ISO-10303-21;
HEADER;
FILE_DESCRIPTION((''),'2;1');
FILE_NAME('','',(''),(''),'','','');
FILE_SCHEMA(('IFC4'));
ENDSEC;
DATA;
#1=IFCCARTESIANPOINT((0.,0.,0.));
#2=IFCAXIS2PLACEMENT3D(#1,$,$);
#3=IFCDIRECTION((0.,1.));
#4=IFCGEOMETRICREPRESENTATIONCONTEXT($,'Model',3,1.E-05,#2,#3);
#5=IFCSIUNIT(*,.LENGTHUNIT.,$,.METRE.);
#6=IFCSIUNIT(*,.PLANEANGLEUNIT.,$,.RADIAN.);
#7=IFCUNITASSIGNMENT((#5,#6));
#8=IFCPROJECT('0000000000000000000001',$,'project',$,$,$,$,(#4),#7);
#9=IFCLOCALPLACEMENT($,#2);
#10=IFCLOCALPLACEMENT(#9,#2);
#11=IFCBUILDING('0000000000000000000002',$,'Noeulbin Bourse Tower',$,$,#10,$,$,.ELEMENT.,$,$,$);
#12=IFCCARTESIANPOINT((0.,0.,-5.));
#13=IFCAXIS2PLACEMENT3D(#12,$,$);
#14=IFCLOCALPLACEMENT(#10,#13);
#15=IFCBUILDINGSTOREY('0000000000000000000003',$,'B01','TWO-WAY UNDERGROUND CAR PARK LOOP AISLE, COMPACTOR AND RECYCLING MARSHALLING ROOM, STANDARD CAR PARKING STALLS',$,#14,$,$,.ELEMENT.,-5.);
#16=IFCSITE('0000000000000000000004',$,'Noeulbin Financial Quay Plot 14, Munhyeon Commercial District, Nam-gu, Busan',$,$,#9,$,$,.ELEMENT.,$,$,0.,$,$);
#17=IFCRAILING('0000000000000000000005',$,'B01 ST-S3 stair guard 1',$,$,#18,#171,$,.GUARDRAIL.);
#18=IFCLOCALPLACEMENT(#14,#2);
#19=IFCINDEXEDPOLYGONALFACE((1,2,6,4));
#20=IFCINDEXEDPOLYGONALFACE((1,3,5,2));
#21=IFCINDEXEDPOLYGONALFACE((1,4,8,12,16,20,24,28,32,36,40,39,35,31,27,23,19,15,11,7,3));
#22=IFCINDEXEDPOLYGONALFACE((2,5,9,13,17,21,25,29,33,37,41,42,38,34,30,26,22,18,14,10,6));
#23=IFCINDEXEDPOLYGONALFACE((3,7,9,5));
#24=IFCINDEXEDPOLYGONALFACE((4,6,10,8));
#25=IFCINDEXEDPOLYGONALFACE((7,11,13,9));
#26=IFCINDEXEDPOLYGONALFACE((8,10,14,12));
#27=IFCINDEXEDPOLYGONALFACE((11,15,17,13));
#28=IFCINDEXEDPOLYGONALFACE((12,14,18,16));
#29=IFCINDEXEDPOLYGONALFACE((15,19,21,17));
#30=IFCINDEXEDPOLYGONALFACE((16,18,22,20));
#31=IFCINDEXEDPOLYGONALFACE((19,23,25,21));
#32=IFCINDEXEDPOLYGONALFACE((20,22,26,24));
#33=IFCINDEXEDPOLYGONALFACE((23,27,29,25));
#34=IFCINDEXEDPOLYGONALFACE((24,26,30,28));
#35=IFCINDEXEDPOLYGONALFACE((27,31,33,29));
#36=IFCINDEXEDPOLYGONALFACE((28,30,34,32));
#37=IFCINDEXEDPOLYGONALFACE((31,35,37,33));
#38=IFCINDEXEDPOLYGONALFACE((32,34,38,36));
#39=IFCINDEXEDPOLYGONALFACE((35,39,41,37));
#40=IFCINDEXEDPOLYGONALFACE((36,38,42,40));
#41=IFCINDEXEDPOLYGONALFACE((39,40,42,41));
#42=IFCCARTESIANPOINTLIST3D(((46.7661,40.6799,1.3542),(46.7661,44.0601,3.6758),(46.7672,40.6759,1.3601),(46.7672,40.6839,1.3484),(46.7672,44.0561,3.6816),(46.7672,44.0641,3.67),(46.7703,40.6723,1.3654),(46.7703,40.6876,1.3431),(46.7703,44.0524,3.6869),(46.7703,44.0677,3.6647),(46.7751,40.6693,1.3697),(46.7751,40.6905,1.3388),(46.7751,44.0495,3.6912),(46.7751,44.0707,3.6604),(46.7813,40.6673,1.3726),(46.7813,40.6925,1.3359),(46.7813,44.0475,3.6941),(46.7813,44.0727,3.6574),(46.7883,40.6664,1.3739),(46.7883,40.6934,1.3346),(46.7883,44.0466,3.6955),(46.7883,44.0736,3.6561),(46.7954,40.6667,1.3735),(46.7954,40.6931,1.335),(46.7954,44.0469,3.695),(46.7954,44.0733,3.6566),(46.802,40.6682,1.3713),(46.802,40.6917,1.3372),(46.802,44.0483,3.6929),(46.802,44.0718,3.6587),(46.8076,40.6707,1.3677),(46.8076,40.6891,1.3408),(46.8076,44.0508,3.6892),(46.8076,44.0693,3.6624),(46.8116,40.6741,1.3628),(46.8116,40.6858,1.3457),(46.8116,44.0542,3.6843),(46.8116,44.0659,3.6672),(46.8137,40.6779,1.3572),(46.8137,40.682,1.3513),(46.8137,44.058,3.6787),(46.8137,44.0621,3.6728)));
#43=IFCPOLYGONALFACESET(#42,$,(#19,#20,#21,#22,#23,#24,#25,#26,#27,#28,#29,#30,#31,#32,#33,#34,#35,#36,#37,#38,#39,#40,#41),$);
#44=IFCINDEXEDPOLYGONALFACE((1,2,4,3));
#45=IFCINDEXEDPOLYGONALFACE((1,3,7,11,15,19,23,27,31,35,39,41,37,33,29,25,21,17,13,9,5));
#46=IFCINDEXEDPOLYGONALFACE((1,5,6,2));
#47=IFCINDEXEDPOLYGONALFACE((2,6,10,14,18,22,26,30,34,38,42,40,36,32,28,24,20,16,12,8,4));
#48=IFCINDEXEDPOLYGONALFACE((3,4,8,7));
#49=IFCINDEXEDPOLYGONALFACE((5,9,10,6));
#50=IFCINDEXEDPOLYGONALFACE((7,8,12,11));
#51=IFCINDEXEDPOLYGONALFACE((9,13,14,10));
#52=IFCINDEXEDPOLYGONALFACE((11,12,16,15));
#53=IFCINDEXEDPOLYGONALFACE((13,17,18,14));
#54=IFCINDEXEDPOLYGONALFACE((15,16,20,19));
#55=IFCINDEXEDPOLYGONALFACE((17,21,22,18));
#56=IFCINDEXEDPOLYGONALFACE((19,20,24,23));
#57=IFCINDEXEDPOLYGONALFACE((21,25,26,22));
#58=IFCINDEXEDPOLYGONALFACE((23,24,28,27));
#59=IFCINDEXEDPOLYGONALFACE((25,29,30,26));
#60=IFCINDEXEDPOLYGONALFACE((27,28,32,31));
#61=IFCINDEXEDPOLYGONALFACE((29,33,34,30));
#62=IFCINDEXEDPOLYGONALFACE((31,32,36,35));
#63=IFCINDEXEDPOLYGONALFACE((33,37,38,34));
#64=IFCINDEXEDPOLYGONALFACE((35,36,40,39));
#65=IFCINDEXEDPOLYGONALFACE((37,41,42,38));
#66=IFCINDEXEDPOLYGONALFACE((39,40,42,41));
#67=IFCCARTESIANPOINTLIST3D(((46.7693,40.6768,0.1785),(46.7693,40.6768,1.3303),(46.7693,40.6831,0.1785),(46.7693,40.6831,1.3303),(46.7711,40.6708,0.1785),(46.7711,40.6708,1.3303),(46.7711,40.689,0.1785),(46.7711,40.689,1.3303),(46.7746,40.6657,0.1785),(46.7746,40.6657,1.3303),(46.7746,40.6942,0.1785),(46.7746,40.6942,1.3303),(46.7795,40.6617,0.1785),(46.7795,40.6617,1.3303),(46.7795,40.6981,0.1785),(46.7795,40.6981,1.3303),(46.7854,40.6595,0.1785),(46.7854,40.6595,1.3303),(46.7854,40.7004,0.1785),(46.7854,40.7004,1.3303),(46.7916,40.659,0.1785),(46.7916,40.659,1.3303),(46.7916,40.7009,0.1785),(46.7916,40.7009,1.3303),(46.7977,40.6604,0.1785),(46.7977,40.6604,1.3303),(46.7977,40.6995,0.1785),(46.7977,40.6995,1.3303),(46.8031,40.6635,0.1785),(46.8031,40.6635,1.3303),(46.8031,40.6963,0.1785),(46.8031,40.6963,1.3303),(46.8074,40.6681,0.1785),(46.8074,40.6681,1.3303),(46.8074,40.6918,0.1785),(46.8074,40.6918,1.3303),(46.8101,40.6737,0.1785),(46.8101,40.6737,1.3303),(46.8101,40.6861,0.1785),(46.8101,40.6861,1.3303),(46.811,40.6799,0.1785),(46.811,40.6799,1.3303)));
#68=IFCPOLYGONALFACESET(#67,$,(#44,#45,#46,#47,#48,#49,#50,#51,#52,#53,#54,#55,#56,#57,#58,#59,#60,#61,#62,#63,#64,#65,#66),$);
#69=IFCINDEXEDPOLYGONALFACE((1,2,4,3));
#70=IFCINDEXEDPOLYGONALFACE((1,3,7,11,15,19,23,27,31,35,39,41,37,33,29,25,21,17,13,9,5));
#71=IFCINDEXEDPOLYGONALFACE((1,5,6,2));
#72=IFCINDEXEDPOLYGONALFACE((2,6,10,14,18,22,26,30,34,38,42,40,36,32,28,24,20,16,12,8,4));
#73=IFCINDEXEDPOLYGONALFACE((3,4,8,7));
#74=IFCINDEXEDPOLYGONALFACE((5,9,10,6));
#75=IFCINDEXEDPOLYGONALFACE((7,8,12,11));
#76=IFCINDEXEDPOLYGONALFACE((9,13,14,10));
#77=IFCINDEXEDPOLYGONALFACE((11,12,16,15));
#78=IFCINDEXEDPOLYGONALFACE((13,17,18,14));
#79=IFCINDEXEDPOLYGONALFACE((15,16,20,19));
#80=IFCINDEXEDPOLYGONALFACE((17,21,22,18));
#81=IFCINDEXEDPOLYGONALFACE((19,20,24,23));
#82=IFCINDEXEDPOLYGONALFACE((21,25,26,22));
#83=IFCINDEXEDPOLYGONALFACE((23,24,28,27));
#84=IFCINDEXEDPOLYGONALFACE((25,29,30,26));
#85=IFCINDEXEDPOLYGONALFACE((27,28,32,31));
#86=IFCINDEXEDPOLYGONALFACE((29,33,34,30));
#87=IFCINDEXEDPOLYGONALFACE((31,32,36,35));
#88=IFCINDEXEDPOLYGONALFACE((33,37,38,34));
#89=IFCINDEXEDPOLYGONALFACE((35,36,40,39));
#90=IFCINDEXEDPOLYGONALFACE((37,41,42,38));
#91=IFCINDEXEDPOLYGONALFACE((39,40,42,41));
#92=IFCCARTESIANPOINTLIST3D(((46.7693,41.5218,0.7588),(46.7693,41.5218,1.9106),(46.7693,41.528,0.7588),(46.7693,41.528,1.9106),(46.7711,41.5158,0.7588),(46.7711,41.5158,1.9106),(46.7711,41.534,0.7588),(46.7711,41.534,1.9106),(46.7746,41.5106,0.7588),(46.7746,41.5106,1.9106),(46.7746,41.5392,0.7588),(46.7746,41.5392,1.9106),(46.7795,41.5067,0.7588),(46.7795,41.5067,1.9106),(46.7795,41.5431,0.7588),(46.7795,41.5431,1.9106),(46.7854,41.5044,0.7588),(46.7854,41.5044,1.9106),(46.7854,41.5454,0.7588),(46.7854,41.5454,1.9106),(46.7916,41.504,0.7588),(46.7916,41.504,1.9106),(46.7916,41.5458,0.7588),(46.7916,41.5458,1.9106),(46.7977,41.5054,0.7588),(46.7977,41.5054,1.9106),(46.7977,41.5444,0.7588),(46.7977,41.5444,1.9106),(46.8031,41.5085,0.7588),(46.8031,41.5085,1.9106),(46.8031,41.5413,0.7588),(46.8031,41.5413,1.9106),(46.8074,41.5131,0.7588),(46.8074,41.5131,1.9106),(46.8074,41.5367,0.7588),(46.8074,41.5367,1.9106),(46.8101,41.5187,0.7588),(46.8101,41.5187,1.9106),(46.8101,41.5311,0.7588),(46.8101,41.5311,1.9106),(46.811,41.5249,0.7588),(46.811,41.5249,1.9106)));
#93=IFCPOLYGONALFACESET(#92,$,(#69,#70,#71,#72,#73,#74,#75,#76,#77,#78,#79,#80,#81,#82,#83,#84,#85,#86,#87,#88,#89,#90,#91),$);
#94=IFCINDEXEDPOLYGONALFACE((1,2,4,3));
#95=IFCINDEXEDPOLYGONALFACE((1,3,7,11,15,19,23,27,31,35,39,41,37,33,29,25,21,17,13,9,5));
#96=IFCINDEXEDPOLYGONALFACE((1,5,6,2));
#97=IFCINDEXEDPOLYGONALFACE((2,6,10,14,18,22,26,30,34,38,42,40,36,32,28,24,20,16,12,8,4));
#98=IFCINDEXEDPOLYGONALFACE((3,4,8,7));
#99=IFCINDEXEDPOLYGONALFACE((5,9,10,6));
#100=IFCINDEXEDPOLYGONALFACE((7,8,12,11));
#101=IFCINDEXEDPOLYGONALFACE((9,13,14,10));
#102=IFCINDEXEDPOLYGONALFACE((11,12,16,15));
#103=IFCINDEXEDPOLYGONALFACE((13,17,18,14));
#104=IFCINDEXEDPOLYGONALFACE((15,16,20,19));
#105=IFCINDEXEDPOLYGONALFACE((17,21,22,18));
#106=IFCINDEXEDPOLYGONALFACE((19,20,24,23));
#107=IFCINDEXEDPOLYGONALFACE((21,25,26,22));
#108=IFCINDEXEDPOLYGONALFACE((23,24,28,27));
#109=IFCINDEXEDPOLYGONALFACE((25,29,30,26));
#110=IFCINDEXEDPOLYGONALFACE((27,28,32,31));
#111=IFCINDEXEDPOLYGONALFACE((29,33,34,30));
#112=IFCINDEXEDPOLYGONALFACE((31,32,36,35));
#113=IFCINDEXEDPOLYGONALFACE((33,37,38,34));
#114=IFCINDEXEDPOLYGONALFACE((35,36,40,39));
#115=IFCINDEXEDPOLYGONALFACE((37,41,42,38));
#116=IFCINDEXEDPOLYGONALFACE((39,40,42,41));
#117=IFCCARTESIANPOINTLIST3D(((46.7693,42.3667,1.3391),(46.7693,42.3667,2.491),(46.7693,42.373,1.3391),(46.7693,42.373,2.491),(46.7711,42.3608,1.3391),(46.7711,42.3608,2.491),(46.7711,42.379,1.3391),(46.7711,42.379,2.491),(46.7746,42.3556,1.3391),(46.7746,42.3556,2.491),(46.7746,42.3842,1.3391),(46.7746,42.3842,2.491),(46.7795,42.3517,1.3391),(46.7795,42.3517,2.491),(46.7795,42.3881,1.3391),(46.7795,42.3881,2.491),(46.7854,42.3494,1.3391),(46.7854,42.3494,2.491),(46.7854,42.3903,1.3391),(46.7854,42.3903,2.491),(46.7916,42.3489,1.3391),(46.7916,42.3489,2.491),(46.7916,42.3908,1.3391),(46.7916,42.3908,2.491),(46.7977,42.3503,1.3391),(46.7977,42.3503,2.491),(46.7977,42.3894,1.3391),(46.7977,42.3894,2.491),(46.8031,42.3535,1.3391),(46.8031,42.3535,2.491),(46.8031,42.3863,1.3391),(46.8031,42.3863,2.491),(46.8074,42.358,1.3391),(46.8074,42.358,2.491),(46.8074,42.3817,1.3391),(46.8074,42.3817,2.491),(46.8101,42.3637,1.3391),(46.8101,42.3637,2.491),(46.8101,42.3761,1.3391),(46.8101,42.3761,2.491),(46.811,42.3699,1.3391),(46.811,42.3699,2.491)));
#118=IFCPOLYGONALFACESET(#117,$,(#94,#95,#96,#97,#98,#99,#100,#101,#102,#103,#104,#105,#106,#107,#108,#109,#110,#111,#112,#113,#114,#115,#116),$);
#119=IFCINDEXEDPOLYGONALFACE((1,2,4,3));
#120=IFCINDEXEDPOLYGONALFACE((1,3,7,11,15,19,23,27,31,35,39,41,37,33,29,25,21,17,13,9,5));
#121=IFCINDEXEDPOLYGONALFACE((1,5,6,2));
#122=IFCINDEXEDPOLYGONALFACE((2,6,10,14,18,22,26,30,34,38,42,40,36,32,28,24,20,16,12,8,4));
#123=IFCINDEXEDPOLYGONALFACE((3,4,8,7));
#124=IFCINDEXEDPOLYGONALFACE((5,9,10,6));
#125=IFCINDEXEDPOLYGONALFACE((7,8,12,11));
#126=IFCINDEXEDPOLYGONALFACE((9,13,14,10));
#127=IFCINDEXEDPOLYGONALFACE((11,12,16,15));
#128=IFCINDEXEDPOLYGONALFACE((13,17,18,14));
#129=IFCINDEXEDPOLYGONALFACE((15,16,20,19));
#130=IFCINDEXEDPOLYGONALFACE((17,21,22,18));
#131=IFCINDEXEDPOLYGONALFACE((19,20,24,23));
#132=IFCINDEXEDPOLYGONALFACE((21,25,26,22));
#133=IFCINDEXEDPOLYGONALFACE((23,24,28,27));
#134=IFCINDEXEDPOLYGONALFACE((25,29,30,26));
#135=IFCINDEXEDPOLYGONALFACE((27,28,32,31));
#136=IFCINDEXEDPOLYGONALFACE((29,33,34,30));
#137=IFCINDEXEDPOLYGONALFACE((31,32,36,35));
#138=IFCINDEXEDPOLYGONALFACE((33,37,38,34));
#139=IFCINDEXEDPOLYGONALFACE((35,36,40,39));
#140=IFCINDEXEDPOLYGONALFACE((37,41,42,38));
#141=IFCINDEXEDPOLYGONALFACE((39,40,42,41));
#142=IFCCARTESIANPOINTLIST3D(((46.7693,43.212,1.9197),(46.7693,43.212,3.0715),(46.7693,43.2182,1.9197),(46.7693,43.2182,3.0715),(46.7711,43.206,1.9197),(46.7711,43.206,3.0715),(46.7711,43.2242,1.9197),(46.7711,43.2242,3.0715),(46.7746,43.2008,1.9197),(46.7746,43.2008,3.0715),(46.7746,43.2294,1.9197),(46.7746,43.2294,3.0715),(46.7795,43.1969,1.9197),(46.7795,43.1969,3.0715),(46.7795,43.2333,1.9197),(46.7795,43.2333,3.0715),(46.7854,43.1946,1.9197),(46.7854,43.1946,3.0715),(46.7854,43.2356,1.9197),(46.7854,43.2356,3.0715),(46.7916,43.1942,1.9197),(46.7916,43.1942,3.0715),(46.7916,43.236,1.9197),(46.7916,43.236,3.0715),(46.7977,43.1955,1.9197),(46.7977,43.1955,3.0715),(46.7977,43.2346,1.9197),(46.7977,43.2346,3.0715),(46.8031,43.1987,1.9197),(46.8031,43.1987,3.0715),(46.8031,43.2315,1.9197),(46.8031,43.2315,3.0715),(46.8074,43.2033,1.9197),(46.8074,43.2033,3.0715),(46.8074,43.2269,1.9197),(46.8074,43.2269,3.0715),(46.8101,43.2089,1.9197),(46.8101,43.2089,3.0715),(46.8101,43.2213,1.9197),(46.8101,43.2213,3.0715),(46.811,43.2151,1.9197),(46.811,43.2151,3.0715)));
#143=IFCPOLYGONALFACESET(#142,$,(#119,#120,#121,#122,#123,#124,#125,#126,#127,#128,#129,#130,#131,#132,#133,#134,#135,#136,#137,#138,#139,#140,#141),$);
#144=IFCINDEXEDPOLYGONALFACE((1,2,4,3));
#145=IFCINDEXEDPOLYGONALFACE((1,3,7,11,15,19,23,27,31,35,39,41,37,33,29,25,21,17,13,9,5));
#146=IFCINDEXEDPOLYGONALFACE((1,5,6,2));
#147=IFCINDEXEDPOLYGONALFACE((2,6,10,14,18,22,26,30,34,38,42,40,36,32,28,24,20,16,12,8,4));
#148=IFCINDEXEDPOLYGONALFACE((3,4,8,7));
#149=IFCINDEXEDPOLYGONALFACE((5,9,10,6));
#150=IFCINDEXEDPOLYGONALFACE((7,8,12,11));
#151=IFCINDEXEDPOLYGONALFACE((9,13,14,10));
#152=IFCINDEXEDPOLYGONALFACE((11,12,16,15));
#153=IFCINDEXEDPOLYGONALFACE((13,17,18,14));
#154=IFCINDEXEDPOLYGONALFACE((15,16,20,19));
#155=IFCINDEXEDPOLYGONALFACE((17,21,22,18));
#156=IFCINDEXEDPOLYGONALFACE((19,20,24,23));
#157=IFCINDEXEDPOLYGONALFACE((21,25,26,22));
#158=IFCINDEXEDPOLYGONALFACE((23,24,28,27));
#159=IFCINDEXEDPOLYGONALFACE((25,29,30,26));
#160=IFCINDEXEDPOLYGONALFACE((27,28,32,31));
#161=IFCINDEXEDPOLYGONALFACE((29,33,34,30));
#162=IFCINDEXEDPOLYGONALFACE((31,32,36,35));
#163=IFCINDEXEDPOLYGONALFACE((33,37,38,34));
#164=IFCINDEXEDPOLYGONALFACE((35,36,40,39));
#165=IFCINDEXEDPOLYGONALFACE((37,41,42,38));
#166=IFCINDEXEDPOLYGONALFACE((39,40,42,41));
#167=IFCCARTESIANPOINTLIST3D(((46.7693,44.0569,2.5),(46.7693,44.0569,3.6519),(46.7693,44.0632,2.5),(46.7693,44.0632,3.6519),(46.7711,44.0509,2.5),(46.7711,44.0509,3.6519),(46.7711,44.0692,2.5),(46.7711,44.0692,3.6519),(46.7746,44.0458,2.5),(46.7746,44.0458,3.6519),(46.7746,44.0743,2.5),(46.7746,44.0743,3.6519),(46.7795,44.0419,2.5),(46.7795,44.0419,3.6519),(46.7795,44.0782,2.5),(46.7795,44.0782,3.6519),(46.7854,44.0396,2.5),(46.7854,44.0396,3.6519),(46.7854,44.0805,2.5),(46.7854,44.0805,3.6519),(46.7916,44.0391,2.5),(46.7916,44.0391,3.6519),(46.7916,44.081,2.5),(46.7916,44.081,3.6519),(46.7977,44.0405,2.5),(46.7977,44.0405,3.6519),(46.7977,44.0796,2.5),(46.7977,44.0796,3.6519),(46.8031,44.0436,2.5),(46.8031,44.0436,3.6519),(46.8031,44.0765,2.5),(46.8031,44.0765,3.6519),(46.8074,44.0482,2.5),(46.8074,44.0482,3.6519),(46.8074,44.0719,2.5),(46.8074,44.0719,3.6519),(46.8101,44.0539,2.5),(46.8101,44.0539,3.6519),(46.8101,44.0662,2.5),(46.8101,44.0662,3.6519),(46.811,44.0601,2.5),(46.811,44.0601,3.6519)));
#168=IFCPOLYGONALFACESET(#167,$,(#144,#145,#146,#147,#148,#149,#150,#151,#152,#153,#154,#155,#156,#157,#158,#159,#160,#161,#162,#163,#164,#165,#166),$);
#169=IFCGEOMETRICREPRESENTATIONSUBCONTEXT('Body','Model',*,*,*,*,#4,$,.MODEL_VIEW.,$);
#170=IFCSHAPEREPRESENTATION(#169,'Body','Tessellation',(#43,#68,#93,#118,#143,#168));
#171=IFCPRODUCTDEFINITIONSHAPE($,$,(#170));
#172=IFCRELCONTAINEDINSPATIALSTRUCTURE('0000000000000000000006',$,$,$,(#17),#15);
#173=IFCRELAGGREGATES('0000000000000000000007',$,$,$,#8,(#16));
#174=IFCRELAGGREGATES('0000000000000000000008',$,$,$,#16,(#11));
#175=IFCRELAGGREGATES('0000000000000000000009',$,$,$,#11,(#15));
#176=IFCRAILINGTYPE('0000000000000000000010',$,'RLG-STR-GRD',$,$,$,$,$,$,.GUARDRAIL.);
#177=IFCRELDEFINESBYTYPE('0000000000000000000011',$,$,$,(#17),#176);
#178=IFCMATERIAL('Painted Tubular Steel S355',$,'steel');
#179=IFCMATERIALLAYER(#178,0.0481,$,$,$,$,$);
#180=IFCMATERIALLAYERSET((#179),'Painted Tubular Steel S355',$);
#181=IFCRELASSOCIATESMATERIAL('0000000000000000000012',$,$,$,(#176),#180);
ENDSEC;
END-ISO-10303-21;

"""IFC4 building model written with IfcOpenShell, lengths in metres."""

from ifc_helpers import new_model, si_unit, direction, frame, origin, origin_2d, place, context, subcontext, project, spatial, circle, extrude, material, layer, layer_set, type_object, element, save


model = new_model("IFC4")

# Units and contexts
model_context = context("Model", 3, precision=1e-05, world=origin(), true_north=direction((0.0, 1.0)))
body_context = subcontext(model_context, "Body", "Model", "MODEL_VIEW")
ifc_project = project(units=[si_unit("LENGTHUNIT", "METRE"), si_unit("PLANEANGLEUNIT", "RADIAN")], contexts=[model_context])

# Site, building, storey
site_placement = place(None, origin())
site = spatial("IfcSite", under=ifc_project, at=site_placement, Name="Noeulbin Financial Quay Plot 14, Munhyeon Commercial District, Nam-gu, Busan", CompositionType="ELEMENT", RefElevation=0.0)
building_placement = place(site_placement, origin())
building = spatial("IfcBuilding", under=site, at=building_placement, Name="Noeulbin Bourse Tower", CompositionType="ELEMENT")
storey_placement = place(building_placement, frame((0.0, 0.0, -5.0)))
storey = spatial("IfcBuildingStorey", under=building, at=storey_placement, Name="B01", Description="TWO-WAY UNDERGROUND CAR PARK LOOP AISLE, COMPACTOR AND RECYCLING MARSHALLING ROOM, STANDARD CAR PARKING STALLS", CompositionType="ELEMENT", Elevation=-5.0)

# Railing
ifc_material_1 = material(Name="Painted Tubular Steel S355", Category="steel")
ifc_layer_1 = layer(ifc_material_1, 0.0481)
ifc_layer_set_1 = layer_set([ifc_layer_1], Name="Painted Tubular Steel S355")
railing_type_1 = type_object("IfcRailingType", Name="RLG-STR-GRD", PredefinedType="GUARDRAIL", material=ifc_layer_set_1)
railing_1_placement = place(storey_placement, frame((46.79, 40.6799, 0.1785)))
element("IfcRailing", 1, at=railing_1_placement, inside=storey, type_object=railing_type_1, Name="B01 ST-S3 stair guard 1", PredefinedType="GUARDRAIL", context=body_context, shape_type="SweptSolid", body=[
    extrude(circle(Radius=0.0239, at=origin_2d()), frame((0.0, 0.0, 1.1758), z_axis=(0.0, 0.824304, 0.566147), x_axis=(-1.0, 0.0, 0.0)), (0.0, 0.0, 1.0), 4.1006),
    extrude(circle(Radius=0.021, at=origin_2d()), origin(), (0.0, 0.0, 1.0), 1.1519),
    extrude(circle(Radius=0.021, at=origin_2d()), frame((0.0, 0.845, 0.5803)), (0.0, 0.0, 1.0), 1.1519),
    extrude(circle(Radius=0.021, at=origin_2d()), frame((0.0, 1.6899, 1.1606)), (0.0, 0.0, 1.0), 1.1519),
    extrude(circle(Radius=0.021, at=origin_2d()), frame((0.0, 2.5352, 1.7412)), (0.0, 0.0, 1.0), 1.1519),
    extrude(circle(Radius=0.021, at=origin_2d()), frame((0.0, 3.3801, 2.3215)), (0.0, 0.0, 1.0), 1.1519),
])

save(model, "model.ifc")
